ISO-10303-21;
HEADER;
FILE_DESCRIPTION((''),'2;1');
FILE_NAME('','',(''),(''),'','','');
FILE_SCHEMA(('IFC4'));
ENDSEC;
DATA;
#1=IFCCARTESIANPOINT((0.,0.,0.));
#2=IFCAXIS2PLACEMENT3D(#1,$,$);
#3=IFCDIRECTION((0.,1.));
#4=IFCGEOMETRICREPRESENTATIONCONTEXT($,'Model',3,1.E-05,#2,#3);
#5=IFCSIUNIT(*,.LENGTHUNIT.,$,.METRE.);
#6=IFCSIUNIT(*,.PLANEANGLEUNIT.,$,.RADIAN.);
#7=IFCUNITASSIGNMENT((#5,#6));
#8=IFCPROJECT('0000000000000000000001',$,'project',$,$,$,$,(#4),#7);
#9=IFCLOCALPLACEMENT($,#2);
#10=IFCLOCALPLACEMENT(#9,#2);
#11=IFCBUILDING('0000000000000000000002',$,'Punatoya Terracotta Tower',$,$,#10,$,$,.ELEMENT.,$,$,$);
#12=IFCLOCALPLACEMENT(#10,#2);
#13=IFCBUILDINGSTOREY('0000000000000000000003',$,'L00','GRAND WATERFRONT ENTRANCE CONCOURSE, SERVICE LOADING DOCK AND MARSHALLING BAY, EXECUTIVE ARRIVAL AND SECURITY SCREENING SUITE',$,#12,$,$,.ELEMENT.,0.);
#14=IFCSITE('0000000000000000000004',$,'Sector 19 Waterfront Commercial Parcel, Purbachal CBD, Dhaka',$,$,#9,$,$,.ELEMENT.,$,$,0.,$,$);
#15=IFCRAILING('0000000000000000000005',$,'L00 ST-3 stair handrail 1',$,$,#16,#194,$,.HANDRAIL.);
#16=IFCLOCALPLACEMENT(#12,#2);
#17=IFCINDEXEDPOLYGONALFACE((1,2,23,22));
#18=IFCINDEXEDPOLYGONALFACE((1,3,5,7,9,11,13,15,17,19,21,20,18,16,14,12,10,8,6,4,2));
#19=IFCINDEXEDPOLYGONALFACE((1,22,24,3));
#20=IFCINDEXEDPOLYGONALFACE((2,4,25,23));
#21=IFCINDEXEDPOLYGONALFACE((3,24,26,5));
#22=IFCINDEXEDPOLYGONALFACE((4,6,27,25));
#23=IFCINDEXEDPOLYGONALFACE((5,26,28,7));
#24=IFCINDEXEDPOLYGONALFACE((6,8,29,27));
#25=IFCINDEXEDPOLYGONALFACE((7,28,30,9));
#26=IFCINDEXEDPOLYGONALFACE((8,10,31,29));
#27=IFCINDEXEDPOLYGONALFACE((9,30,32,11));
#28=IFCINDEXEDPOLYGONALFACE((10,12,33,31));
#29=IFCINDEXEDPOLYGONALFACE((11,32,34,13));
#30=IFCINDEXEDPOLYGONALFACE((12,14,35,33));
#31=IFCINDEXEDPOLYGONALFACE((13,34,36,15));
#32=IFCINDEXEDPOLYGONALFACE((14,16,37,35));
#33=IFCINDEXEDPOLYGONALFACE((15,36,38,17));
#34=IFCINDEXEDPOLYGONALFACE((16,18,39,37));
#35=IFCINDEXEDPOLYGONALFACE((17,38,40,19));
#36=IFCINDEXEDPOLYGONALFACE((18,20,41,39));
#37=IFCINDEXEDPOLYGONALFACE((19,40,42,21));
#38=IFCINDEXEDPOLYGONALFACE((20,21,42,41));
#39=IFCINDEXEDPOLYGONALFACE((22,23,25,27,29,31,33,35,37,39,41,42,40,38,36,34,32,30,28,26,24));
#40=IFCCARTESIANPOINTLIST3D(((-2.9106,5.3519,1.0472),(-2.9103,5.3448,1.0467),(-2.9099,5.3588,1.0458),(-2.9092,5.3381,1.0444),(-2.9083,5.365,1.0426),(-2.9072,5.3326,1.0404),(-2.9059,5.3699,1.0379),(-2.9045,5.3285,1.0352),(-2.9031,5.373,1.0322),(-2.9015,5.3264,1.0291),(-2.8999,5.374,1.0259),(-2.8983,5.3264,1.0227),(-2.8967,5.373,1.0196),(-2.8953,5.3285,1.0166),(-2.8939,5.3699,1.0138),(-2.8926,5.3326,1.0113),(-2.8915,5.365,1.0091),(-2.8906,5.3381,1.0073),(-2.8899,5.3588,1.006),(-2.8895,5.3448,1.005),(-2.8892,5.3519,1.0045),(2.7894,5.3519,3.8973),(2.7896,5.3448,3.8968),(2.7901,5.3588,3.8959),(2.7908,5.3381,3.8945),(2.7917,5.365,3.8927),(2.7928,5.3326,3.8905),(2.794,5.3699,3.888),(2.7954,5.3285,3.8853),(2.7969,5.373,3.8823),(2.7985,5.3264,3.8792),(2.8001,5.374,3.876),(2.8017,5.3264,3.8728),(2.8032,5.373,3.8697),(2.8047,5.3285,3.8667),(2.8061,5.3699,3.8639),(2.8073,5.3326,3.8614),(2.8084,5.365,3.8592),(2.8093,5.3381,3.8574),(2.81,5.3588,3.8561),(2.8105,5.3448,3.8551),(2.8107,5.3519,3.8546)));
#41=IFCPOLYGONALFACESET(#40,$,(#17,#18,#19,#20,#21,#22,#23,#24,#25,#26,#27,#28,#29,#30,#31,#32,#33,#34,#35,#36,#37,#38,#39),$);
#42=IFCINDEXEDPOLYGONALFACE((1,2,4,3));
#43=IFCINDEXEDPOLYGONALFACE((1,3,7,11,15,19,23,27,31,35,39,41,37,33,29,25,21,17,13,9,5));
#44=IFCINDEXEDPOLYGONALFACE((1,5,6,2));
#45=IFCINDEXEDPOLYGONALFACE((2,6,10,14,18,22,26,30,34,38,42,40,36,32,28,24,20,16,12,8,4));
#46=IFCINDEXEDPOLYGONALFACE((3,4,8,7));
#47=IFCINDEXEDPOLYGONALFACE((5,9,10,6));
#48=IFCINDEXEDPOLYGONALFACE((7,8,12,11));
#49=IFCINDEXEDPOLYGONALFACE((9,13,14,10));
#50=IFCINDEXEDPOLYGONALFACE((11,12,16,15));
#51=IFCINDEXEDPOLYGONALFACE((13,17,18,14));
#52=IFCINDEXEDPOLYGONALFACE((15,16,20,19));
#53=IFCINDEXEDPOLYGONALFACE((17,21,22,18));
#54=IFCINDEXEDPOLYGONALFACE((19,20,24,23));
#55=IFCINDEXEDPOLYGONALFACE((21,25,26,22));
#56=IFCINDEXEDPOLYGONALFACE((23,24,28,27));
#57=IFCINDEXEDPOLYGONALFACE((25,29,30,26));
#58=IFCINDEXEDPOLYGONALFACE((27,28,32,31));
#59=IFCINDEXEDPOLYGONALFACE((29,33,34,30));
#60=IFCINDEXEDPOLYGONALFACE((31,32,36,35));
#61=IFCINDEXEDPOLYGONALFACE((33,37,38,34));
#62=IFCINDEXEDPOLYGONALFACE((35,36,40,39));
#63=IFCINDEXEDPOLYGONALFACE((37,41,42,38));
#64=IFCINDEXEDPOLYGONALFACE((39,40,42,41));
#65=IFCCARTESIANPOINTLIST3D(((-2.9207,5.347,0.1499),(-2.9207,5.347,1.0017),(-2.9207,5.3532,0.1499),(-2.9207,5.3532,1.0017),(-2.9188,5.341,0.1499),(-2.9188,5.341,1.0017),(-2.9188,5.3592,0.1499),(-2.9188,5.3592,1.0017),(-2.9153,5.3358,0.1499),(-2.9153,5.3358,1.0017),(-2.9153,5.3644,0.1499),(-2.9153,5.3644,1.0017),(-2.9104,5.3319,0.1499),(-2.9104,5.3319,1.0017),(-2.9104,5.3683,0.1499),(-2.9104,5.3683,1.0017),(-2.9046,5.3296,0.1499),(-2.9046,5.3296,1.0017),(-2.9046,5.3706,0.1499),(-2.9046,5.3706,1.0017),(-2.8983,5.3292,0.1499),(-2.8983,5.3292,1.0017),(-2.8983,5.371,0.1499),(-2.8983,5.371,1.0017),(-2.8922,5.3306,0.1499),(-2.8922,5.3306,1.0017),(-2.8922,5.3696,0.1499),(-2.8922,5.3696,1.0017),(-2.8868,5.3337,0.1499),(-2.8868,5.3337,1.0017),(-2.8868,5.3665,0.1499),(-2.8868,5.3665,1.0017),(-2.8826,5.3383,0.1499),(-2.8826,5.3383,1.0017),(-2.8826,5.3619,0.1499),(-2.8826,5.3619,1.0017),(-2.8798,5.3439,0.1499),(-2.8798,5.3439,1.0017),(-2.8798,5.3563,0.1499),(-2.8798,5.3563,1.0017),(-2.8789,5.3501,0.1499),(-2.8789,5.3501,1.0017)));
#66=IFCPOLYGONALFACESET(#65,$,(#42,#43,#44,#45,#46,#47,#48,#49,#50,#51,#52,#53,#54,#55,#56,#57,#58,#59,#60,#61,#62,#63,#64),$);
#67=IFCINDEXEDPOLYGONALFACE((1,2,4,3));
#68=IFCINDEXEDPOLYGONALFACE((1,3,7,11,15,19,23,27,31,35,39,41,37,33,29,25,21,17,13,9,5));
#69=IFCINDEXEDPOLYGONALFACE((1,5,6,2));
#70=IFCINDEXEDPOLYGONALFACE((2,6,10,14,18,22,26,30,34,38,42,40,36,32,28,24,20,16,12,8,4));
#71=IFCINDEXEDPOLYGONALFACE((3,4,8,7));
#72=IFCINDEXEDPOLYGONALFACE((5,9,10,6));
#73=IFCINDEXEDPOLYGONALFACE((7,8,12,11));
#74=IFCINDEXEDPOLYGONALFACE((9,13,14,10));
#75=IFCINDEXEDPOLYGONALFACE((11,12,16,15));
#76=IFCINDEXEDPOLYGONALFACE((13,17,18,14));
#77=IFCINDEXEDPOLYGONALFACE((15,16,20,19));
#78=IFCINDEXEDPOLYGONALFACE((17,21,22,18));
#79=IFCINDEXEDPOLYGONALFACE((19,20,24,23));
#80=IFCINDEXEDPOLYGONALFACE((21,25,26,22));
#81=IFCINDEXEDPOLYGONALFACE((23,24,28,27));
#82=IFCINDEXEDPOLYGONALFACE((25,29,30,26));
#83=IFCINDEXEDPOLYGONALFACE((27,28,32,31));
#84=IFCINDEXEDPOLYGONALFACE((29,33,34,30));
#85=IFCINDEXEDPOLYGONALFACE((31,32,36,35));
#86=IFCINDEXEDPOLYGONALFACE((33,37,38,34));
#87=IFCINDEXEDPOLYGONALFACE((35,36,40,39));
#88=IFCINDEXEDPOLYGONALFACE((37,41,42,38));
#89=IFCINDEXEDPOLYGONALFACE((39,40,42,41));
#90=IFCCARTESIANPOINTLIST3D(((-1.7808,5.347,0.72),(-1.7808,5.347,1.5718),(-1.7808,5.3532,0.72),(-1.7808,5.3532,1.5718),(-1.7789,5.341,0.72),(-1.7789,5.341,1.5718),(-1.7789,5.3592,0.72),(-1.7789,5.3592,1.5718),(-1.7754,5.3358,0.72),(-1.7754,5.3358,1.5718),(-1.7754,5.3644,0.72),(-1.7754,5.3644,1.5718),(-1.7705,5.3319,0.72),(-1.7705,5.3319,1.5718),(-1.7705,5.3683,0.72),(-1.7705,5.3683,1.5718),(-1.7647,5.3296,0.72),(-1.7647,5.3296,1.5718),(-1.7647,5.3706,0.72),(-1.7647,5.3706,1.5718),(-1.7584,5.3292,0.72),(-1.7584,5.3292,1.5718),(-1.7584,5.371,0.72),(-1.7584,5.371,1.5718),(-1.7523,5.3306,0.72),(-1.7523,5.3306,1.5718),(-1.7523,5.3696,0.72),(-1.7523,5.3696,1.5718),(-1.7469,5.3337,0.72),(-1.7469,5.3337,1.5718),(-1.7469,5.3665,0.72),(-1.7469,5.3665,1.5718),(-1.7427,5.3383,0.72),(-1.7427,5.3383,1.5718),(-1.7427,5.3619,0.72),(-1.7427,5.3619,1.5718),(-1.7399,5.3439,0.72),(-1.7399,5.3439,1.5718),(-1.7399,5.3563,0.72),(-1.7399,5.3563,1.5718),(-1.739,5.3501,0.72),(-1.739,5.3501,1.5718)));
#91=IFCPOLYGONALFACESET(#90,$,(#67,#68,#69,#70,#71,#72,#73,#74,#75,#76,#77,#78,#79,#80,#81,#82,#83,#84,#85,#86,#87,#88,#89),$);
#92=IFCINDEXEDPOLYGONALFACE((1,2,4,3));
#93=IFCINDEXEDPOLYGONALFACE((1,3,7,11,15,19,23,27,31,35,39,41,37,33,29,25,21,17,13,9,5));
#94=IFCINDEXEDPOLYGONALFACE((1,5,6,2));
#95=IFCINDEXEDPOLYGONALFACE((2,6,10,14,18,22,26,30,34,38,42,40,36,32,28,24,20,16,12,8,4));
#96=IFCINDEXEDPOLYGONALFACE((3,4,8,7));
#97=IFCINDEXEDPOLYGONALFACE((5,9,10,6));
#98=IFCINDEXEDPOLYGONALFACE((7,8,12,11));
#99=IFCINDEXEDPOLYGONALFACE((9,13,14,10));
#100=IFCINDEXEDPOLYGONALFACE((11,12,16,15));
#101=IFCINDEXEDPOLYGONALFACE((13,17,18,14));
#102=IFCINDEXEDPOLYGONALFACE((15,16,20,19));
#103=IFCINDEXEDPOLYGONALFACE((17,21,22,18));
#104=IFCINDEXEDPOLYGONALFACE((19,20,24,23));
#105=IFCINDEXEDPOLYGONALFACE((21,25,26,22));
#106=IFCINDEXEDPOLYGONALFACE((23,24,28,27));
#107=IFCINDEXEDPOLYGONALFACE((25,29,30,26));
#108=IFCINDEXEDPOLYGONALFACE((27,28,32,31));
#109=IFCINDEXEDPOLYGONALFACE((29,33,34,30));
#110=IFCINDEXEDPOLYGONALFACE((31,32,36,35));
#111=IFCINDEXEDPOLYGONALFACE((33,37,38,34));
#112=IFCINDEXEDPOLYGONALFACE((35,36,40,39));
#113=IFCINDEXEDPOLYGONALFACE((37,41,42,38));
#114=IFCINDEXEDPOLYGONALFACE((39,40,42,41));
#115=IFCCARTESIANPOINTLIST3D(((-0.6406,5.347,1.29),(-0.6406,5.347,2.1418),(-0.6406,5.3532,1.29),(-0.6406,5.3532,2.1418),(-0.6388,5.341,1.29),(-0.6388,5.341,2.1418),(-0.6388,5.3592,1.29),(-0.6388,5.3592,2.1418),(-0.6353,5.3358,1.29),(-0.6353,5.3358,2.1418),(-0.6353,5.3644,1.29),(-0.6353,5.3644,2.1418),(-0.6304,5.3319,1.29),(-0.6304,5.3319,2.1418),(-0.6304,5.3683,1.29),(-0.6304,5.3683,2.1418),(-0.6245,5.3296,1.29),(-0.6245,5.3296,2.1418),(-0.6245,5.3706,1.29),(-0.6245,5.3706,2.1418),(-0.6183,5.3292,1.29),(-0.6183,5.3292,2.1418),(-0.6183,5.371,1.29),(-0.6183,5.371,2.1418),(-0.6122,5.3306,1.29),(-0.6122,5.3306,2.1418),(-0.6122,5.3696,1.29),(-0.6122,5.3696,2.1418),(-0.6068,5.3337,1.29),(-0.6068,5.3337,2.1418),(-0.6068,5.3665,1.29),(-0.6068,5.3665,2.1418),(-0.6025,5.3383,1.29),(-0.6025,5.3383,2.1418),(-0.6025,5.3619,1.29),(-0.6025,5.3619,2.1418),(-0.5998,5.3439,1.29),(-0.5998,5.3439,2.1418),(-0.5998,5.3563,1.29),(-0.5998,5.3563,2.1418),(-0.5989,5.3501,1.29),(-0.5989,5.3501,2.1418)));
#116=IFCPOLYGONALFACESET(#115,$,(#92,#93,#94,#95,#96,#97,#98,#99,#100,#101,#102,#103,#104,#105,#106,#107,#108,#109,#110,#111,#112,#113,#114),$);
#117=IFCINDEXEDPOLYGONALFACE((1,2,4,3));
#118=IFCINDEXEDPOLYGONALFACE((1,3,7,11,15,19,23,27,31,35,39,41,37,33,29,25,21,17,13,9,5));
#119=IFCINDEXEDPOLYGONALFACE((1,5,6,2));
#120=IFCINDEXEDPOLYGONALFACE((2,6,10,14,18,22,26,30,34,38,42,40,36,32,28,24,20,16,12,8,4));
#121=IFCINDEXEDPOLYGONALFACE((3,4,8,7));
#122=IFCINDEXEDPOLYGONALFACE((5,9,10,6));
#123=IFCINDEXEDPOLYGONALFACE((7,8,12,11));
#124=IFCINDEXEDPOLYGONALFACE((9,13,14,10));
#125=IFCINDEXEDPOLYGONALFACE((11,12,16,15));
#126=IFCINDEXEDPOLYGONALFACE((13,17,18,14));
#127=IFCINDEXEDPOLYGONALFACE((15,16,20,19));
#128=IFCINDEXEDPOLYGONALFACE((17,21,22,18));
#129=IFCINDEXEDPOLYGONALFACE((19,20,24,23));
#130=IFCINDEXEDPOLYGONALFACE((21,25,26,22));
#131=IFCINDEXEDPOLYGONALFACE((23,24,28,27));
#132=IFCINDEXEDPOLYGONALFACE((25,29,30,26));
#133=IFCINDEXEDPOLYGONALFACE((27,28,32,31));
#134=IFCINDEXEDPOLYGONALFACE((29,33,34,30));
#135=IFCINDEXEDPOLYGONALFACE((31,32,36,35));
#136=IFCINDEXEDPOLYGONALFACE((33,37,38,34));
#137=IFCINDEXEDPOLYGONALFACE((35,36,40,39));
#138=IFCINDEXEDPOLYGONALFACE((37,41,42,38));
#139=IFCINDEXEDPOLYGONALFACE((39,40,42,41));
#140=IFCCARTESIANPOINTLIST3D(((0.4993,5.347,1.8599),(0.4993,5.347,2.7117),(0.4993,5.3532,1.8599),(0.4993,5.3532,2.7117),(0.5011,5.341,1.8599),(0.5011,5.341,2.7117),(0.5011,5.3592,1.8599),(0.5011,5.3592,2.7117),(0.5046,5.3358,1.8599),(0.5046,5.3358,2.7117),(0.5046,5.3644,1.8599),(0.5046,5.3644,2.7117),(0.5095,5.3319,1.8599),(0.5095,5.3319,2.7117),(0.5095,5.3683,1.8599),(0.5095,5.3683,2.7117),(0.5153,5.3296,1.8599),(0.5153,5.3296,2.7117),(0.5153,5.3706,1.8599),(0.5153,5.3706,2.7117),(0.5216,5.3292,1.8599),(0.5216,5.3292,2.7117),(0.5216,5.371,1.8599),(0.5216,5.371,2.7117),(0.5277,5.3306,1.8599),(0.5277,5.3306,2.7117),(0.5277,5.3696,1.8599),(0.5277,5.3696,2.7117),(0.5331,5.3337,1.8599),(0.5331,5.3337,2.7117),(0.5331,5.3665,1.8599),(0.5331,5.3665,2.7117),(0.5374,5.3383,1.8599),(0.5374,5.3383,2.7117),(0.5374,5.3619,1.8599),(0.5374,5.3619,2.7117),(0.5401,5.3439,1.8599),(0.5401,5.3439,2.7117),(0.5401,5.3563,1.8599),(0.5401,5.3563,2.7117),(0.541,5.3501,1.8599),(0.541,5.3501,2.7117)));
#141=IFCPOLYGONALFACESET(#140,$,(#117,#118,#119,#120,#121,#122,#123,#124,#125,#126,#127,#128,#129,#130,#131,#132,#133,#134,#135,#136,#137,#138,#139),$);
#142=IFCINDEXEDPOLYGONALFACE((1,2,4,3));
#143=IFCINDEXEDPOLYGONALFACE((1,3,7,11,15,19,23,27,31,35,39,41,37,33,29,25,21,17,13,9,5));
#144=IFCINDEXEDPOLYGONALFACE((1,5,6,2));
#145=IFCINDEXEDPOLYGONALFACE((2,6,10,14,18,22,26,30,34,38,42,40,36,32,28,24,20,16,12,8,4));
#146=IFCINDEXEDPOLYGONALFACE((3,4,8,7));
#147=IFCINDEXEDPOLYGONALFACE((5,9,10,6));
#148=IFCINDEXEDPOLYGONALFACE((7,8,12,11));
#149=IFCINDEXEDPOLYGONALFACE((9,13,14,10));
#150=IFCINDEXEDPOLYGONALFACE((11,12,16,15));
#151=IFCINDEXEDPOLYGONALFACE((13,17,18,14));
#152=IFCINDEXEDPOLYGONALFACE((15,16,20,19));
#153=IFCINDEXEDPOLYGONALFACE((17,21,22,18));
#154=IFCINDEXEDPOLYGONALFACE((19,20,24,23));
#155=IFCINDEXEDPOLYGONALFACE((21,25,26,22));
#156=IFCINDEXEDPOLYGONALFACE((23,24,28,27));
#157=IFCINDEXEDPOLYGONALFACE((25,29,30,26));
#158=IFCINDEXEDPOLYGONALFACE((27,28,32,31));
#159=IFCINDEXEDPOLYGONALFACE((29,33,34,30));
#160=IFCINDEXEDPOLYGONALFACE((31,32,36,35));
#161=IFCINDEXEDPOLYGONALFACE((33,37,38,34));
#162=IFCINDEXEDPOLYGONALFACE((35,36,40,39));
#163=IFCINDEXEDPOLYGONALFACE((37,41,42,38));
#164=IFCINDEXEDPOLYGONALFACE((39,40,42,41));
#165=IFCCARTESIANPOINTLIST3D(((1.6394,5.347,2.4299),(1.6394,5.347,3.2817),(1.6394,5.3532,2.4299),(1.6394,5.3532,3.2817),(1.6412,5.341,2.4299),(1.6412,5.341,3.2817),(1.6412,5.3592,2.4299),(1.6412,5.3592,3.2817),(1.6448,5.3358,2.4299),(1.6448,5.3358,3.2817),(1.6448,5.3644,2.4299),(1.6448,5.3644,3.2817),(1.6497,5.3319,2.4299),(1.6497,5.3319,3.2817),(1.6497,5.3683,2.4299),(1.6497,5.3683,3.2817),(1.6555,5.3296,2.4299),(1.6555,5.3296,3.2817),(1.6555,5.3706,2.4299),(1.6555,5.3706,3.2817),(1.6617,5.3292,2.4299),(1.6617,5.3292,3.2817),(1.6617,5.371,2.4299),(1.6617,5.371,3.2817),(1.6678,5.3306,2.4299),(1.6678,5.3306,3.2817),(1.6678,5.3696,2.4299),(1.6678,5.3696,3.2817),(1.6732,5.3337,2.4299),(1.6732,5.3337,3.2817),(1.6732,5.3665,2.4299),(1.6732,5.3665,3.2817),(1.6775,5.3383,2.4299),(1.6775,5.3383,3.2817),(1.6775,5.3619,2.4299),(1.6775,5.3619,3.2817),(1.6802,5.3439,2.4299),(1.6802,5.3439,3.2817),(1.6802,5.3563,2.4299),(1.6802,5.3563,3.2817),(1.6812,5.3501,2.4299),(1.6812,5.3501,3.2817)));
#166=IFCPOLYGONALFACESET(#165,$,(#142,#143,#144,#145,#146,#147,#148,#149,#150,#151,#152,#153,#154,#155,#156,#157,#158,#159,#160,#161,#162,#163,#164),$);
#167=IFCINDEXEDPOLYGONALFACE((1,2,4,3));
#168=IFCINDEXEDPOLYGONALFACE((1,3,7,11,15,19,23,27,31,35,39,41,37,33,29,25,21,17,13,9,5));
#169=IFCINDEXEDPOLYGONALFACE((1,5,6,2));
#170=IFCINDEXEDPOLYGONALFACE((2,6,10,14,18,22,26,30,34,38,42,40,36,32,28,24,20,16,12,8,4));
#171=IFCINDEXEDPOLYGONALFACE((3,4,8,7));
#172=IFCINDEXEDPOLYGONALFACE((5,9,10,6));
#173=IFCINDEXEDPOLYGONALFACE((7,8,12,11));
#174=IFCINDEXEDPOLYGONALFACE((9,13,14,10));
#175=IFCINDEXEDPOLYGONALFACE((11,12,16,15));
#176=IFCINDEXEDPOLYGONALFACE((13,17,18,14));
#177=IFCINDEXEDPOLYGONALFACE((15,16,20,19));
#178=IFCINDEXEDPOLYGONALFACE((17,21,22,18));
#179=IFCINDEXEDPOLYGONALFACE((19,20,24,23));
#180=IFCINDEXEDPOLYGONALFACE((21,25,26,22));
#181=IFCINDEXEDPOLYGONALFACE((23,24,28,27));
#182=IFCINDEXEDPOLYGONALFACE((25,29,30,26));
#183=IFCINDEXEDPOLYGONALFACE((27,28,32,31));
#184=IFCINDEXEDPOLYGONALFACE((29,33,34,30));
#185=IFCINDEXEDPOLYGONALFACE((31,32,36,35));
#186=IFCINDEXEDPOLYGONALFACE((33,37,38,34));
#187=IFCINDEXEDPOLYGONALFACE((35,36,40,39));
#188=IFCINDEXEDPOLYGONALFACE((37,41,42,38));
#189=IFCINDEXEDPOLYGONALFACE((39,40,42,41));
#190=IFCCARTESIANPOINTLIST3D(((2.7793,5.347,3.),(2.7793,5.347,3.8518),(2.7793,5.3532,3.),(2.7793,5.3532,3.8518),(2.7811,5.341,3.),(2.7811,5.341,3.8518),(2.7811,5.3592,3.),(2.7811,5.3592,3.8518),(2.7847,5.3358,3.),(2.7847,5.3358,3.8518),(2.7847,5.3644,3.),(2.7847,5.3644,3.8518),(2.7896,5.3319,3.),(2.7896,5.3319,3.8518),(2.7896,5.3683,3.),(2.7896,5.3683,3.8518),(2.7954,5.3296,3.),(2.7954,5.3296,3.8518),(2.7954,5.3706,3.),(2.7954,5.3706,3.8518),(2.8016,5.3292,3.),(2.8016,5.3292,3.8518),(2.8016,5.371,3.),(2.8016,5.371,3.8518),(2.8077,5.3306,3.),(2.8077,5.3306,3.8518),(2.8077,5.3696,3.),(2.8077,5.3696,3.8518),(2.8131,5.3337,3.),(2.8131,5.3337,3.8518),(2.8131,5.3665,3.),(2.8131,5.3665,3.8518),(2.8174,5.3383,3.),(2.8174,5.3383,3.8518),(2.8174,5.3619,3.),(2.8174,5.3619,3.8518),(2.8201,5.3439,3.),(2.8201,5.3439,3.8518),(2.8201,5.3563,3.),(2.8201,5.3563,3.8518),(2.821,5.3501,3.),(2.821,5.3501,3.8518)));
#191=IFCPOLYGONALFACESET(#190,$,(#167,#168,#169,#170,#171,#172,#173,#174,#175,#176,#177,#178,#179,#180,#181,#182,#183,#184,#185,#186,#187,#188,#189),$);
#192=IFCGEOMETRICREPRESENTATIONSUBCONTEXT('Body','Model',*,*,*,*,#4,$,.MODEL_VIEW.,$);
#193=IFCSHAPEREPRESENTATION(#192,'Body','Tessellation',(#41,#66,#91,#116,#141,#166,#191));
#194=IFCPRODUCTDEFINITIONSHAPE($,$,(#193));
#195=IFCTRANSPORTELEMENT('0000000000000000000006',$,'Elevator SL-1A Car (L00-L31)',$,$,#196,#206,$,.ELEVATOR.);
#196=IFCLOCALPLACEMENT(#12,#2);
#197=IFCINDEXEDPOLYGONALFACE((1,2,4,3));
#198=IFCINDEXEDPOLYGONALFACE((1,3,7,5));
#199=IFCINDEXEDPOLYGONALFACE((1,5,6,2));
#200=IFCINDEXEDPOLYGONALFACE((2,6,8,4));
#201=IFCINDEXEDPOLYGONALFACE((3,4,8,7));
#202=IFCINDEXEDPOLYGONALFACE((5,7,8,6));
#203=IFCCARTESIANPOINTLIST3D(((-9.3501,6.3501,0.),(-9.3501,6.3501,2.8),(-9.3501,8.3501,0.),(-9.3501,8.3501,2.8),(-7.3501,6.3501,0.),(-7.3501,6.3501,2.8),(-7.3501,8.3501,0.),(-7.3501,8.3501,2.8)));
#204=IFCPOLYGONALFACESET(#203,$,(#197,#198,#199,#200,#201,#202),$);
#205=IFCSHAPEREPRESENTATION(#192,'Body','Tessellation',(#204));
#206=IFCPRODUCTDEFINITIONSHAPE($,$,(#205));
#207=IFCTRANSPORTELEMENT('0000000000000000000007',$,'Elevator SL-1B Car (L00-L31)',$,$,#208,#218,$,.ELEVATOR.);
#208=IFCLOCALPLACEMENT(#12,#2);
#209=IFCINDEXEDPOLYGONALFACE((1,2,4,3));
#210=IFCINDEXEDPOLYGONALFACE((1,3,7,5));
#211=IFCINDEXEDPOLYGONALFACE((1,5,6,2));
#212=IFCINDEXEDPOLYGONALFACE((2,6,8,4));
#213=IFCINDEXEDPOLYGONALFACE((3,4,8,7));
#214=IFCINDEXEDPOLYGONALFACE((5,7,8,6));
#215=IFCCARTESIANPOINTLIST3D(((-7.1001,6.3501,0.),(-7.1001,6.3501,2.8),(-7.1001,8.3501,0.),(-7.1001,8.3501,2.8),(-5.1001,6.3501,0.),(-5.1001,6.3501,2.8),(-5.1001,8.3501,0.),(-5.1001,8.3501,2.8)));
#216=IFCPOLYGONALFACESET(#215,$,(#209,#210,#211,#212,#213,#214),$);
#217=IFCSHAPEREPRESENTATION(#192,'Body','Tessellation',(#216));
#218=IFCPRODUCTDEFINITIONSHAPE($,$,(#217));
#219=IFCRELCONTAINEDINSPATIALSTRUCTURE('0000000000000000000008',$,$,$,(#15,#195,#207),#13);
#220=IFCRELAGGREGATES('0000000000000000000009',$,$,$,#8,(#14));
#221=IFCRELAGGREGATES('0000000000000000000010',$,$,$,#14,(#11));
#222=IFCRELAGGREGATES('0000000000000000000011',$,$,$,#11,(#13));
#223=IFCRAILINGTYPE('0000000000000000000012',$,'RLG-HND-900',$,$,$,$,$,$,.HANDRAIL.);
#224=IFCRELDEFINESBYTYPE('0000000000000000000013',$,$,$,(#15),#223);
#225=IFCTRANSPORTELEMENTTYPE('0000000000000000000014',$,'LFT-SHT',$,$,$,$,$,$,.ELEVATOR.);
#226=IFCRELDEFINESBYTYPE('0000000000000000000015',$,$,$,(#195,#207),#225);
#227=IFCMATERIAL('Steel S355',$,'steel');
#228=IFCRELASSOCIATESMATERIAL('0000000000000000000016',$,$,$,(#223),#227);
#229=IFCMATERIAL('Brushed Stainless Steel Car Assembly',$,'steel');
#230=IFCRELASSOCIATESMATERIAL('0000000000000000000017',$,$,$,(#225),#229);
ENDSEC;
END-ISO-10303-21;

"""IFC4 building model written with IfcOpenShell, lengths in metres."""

from ifc_helpers import new_model, si_unit, direction, frame, origin, origin_2d, place, context, subcontext, project, spatial, rectangle, circle, extrude, material, type_object, element, save


model = new_model("IFC4")

# Units and contexts
model_context = context("Model", 3, precision=1e-05, world=origin(), true_north=direction((0.0, 1.0)))
body_context = subcontext(model_context, "Body", "Model", "MODEL_VIEW")
ifc_project = project(units=[si_unit("LENGTHUNIT", "METRE"), si_unit("PLANEANGLEUNIT", "RADIAN")], contexts=[model_context])

# Site, building, storey
site_placement = place(None, origin())
site = spatial("IfcSite", under=ifc_project, at=site_placement, Name="Sector 19 Waterfront Commercial Parcel, Purbachal CBD, Dhaka", CompositionType="ELEMENT", RefElevation=0.0)
building_placement = place(site_placement, origin())
building = spatial("IfcBuilding", under=site, at=building_placement, Name="Punatoya Terracotta Tower", CompositionType="ELEMENT")
storey_placement = place(building_placement, origin())
storey = spatial("IfcBuildingStorey", under=building, at=storey_placement, Name="L00", Description="GRAND WATERFRONT ENTRANCE CONCOURSE, SERVICE LOADING DOCK AND MARSHALLING BAY, EXECUTIVE ARRIVAL AND SECURITY SCREENING SUITE", CompositionType="ELEMENT", Elevation=0.0)

# Shared definitions
ifc_material_1 = material(Name="Steel S355", Category="steel")

# Railing
railing_type_1 = type_object("IfcRailingType", Name="RLG-HND-900", PredefinedType="HANDRAIL", material=ifc_material_1)
railing_1_placement = place(storey_placement, frame((-2.8999, 5.3501, 0.1499)))
element("IfcRailing", 1, at=railing_1_placement, inside=storey, type_object=railing_type_1, Name="L00 ST-3 stair handrail 1", PredefinedType="HANDRAIL", context=body_context, shape_type="SweptSolid", body=[
    extrude(circle(Radius=0.0239, at=origin_2d()), frame((0.0, 0.0, 0.876), z_axis=(0.89442, 0.0, 0.447229), x_axis=(0.0, 1.0, 0.0)), (0.0, 0.0, 1.0), 6.3728),
    extrude(circle(Radius=0.021, at=origin_2d()), origin(), (0.0, 0.0, 1.0), 0.8518),
    extrude(circle(Radius=0.021, at=origin_2d()), frame((1.1399, 0.0, 0.5701)), (0.0, 0.0, 1.0), 0.8518),
    extrude(circle(Radius=0.021, at=origin_2d()), frame((2.28, 0.0, 1.1401)), (0.0, 0.0, 1.0), 0.8518),
    extrude(circle(Radius=0.021, at=origin_2d()), frame((3.4199, 0.0, 1.71)), (0.0, 0.0, 1.0), 0.8518),
    extrude(circle(Radius=0.021, at=origin_2d()), frame((4.5601, 0.0, 2.28)), (0.0, 0.0, 1.0), 0.8518),
    extrude(circle(Radius=0.021, at=origin_2d()), frame((5.7, 0.0, 2.8501)), (0.0, 0.0, 1.0), 0.8518),
])

# Transport elements
ifc_material_2 = material(Name="Brushed Stainless Steel Car Assembly", Category="steel")
transport_element_type = type_object("IfcTransportElementType", Name="LFT-SHT", PredefinedType="ELEVATOR", material=ifc_material_2)
for number, where, z_axis, x_axis, name in (
    (2, (-8.3501, 7.3501, 0.0), (0.0, 0.0, 1.0), (1.0, 0.0, 0.0), "Elevator SL-1A Car (L00-L31)"),
    (3, (-6.1001, 7.3501, 0.0), (0.0, 0.0, 1.0), (1.0, 0.0, 0.0), "Elevator SL-1B Car (L00-L31)"),
):
    element("IfcTransportElement", number, at=place(storey_placement, frame(where, z_axis=z_axis, x_axis=x_axis)), inside=storey, type_object=transport_element_type, Name=name, PredefinedType="ELEVATOR", context=body_context, shape_type="SweptSolid", body=[
        extrude(rectangle(XDim=2.0, YDim=2.0, at=origin_2d()), origin(), (0.0, 0.0, 1.0), 2.8),
    ])

save(model, "model.ifc")
